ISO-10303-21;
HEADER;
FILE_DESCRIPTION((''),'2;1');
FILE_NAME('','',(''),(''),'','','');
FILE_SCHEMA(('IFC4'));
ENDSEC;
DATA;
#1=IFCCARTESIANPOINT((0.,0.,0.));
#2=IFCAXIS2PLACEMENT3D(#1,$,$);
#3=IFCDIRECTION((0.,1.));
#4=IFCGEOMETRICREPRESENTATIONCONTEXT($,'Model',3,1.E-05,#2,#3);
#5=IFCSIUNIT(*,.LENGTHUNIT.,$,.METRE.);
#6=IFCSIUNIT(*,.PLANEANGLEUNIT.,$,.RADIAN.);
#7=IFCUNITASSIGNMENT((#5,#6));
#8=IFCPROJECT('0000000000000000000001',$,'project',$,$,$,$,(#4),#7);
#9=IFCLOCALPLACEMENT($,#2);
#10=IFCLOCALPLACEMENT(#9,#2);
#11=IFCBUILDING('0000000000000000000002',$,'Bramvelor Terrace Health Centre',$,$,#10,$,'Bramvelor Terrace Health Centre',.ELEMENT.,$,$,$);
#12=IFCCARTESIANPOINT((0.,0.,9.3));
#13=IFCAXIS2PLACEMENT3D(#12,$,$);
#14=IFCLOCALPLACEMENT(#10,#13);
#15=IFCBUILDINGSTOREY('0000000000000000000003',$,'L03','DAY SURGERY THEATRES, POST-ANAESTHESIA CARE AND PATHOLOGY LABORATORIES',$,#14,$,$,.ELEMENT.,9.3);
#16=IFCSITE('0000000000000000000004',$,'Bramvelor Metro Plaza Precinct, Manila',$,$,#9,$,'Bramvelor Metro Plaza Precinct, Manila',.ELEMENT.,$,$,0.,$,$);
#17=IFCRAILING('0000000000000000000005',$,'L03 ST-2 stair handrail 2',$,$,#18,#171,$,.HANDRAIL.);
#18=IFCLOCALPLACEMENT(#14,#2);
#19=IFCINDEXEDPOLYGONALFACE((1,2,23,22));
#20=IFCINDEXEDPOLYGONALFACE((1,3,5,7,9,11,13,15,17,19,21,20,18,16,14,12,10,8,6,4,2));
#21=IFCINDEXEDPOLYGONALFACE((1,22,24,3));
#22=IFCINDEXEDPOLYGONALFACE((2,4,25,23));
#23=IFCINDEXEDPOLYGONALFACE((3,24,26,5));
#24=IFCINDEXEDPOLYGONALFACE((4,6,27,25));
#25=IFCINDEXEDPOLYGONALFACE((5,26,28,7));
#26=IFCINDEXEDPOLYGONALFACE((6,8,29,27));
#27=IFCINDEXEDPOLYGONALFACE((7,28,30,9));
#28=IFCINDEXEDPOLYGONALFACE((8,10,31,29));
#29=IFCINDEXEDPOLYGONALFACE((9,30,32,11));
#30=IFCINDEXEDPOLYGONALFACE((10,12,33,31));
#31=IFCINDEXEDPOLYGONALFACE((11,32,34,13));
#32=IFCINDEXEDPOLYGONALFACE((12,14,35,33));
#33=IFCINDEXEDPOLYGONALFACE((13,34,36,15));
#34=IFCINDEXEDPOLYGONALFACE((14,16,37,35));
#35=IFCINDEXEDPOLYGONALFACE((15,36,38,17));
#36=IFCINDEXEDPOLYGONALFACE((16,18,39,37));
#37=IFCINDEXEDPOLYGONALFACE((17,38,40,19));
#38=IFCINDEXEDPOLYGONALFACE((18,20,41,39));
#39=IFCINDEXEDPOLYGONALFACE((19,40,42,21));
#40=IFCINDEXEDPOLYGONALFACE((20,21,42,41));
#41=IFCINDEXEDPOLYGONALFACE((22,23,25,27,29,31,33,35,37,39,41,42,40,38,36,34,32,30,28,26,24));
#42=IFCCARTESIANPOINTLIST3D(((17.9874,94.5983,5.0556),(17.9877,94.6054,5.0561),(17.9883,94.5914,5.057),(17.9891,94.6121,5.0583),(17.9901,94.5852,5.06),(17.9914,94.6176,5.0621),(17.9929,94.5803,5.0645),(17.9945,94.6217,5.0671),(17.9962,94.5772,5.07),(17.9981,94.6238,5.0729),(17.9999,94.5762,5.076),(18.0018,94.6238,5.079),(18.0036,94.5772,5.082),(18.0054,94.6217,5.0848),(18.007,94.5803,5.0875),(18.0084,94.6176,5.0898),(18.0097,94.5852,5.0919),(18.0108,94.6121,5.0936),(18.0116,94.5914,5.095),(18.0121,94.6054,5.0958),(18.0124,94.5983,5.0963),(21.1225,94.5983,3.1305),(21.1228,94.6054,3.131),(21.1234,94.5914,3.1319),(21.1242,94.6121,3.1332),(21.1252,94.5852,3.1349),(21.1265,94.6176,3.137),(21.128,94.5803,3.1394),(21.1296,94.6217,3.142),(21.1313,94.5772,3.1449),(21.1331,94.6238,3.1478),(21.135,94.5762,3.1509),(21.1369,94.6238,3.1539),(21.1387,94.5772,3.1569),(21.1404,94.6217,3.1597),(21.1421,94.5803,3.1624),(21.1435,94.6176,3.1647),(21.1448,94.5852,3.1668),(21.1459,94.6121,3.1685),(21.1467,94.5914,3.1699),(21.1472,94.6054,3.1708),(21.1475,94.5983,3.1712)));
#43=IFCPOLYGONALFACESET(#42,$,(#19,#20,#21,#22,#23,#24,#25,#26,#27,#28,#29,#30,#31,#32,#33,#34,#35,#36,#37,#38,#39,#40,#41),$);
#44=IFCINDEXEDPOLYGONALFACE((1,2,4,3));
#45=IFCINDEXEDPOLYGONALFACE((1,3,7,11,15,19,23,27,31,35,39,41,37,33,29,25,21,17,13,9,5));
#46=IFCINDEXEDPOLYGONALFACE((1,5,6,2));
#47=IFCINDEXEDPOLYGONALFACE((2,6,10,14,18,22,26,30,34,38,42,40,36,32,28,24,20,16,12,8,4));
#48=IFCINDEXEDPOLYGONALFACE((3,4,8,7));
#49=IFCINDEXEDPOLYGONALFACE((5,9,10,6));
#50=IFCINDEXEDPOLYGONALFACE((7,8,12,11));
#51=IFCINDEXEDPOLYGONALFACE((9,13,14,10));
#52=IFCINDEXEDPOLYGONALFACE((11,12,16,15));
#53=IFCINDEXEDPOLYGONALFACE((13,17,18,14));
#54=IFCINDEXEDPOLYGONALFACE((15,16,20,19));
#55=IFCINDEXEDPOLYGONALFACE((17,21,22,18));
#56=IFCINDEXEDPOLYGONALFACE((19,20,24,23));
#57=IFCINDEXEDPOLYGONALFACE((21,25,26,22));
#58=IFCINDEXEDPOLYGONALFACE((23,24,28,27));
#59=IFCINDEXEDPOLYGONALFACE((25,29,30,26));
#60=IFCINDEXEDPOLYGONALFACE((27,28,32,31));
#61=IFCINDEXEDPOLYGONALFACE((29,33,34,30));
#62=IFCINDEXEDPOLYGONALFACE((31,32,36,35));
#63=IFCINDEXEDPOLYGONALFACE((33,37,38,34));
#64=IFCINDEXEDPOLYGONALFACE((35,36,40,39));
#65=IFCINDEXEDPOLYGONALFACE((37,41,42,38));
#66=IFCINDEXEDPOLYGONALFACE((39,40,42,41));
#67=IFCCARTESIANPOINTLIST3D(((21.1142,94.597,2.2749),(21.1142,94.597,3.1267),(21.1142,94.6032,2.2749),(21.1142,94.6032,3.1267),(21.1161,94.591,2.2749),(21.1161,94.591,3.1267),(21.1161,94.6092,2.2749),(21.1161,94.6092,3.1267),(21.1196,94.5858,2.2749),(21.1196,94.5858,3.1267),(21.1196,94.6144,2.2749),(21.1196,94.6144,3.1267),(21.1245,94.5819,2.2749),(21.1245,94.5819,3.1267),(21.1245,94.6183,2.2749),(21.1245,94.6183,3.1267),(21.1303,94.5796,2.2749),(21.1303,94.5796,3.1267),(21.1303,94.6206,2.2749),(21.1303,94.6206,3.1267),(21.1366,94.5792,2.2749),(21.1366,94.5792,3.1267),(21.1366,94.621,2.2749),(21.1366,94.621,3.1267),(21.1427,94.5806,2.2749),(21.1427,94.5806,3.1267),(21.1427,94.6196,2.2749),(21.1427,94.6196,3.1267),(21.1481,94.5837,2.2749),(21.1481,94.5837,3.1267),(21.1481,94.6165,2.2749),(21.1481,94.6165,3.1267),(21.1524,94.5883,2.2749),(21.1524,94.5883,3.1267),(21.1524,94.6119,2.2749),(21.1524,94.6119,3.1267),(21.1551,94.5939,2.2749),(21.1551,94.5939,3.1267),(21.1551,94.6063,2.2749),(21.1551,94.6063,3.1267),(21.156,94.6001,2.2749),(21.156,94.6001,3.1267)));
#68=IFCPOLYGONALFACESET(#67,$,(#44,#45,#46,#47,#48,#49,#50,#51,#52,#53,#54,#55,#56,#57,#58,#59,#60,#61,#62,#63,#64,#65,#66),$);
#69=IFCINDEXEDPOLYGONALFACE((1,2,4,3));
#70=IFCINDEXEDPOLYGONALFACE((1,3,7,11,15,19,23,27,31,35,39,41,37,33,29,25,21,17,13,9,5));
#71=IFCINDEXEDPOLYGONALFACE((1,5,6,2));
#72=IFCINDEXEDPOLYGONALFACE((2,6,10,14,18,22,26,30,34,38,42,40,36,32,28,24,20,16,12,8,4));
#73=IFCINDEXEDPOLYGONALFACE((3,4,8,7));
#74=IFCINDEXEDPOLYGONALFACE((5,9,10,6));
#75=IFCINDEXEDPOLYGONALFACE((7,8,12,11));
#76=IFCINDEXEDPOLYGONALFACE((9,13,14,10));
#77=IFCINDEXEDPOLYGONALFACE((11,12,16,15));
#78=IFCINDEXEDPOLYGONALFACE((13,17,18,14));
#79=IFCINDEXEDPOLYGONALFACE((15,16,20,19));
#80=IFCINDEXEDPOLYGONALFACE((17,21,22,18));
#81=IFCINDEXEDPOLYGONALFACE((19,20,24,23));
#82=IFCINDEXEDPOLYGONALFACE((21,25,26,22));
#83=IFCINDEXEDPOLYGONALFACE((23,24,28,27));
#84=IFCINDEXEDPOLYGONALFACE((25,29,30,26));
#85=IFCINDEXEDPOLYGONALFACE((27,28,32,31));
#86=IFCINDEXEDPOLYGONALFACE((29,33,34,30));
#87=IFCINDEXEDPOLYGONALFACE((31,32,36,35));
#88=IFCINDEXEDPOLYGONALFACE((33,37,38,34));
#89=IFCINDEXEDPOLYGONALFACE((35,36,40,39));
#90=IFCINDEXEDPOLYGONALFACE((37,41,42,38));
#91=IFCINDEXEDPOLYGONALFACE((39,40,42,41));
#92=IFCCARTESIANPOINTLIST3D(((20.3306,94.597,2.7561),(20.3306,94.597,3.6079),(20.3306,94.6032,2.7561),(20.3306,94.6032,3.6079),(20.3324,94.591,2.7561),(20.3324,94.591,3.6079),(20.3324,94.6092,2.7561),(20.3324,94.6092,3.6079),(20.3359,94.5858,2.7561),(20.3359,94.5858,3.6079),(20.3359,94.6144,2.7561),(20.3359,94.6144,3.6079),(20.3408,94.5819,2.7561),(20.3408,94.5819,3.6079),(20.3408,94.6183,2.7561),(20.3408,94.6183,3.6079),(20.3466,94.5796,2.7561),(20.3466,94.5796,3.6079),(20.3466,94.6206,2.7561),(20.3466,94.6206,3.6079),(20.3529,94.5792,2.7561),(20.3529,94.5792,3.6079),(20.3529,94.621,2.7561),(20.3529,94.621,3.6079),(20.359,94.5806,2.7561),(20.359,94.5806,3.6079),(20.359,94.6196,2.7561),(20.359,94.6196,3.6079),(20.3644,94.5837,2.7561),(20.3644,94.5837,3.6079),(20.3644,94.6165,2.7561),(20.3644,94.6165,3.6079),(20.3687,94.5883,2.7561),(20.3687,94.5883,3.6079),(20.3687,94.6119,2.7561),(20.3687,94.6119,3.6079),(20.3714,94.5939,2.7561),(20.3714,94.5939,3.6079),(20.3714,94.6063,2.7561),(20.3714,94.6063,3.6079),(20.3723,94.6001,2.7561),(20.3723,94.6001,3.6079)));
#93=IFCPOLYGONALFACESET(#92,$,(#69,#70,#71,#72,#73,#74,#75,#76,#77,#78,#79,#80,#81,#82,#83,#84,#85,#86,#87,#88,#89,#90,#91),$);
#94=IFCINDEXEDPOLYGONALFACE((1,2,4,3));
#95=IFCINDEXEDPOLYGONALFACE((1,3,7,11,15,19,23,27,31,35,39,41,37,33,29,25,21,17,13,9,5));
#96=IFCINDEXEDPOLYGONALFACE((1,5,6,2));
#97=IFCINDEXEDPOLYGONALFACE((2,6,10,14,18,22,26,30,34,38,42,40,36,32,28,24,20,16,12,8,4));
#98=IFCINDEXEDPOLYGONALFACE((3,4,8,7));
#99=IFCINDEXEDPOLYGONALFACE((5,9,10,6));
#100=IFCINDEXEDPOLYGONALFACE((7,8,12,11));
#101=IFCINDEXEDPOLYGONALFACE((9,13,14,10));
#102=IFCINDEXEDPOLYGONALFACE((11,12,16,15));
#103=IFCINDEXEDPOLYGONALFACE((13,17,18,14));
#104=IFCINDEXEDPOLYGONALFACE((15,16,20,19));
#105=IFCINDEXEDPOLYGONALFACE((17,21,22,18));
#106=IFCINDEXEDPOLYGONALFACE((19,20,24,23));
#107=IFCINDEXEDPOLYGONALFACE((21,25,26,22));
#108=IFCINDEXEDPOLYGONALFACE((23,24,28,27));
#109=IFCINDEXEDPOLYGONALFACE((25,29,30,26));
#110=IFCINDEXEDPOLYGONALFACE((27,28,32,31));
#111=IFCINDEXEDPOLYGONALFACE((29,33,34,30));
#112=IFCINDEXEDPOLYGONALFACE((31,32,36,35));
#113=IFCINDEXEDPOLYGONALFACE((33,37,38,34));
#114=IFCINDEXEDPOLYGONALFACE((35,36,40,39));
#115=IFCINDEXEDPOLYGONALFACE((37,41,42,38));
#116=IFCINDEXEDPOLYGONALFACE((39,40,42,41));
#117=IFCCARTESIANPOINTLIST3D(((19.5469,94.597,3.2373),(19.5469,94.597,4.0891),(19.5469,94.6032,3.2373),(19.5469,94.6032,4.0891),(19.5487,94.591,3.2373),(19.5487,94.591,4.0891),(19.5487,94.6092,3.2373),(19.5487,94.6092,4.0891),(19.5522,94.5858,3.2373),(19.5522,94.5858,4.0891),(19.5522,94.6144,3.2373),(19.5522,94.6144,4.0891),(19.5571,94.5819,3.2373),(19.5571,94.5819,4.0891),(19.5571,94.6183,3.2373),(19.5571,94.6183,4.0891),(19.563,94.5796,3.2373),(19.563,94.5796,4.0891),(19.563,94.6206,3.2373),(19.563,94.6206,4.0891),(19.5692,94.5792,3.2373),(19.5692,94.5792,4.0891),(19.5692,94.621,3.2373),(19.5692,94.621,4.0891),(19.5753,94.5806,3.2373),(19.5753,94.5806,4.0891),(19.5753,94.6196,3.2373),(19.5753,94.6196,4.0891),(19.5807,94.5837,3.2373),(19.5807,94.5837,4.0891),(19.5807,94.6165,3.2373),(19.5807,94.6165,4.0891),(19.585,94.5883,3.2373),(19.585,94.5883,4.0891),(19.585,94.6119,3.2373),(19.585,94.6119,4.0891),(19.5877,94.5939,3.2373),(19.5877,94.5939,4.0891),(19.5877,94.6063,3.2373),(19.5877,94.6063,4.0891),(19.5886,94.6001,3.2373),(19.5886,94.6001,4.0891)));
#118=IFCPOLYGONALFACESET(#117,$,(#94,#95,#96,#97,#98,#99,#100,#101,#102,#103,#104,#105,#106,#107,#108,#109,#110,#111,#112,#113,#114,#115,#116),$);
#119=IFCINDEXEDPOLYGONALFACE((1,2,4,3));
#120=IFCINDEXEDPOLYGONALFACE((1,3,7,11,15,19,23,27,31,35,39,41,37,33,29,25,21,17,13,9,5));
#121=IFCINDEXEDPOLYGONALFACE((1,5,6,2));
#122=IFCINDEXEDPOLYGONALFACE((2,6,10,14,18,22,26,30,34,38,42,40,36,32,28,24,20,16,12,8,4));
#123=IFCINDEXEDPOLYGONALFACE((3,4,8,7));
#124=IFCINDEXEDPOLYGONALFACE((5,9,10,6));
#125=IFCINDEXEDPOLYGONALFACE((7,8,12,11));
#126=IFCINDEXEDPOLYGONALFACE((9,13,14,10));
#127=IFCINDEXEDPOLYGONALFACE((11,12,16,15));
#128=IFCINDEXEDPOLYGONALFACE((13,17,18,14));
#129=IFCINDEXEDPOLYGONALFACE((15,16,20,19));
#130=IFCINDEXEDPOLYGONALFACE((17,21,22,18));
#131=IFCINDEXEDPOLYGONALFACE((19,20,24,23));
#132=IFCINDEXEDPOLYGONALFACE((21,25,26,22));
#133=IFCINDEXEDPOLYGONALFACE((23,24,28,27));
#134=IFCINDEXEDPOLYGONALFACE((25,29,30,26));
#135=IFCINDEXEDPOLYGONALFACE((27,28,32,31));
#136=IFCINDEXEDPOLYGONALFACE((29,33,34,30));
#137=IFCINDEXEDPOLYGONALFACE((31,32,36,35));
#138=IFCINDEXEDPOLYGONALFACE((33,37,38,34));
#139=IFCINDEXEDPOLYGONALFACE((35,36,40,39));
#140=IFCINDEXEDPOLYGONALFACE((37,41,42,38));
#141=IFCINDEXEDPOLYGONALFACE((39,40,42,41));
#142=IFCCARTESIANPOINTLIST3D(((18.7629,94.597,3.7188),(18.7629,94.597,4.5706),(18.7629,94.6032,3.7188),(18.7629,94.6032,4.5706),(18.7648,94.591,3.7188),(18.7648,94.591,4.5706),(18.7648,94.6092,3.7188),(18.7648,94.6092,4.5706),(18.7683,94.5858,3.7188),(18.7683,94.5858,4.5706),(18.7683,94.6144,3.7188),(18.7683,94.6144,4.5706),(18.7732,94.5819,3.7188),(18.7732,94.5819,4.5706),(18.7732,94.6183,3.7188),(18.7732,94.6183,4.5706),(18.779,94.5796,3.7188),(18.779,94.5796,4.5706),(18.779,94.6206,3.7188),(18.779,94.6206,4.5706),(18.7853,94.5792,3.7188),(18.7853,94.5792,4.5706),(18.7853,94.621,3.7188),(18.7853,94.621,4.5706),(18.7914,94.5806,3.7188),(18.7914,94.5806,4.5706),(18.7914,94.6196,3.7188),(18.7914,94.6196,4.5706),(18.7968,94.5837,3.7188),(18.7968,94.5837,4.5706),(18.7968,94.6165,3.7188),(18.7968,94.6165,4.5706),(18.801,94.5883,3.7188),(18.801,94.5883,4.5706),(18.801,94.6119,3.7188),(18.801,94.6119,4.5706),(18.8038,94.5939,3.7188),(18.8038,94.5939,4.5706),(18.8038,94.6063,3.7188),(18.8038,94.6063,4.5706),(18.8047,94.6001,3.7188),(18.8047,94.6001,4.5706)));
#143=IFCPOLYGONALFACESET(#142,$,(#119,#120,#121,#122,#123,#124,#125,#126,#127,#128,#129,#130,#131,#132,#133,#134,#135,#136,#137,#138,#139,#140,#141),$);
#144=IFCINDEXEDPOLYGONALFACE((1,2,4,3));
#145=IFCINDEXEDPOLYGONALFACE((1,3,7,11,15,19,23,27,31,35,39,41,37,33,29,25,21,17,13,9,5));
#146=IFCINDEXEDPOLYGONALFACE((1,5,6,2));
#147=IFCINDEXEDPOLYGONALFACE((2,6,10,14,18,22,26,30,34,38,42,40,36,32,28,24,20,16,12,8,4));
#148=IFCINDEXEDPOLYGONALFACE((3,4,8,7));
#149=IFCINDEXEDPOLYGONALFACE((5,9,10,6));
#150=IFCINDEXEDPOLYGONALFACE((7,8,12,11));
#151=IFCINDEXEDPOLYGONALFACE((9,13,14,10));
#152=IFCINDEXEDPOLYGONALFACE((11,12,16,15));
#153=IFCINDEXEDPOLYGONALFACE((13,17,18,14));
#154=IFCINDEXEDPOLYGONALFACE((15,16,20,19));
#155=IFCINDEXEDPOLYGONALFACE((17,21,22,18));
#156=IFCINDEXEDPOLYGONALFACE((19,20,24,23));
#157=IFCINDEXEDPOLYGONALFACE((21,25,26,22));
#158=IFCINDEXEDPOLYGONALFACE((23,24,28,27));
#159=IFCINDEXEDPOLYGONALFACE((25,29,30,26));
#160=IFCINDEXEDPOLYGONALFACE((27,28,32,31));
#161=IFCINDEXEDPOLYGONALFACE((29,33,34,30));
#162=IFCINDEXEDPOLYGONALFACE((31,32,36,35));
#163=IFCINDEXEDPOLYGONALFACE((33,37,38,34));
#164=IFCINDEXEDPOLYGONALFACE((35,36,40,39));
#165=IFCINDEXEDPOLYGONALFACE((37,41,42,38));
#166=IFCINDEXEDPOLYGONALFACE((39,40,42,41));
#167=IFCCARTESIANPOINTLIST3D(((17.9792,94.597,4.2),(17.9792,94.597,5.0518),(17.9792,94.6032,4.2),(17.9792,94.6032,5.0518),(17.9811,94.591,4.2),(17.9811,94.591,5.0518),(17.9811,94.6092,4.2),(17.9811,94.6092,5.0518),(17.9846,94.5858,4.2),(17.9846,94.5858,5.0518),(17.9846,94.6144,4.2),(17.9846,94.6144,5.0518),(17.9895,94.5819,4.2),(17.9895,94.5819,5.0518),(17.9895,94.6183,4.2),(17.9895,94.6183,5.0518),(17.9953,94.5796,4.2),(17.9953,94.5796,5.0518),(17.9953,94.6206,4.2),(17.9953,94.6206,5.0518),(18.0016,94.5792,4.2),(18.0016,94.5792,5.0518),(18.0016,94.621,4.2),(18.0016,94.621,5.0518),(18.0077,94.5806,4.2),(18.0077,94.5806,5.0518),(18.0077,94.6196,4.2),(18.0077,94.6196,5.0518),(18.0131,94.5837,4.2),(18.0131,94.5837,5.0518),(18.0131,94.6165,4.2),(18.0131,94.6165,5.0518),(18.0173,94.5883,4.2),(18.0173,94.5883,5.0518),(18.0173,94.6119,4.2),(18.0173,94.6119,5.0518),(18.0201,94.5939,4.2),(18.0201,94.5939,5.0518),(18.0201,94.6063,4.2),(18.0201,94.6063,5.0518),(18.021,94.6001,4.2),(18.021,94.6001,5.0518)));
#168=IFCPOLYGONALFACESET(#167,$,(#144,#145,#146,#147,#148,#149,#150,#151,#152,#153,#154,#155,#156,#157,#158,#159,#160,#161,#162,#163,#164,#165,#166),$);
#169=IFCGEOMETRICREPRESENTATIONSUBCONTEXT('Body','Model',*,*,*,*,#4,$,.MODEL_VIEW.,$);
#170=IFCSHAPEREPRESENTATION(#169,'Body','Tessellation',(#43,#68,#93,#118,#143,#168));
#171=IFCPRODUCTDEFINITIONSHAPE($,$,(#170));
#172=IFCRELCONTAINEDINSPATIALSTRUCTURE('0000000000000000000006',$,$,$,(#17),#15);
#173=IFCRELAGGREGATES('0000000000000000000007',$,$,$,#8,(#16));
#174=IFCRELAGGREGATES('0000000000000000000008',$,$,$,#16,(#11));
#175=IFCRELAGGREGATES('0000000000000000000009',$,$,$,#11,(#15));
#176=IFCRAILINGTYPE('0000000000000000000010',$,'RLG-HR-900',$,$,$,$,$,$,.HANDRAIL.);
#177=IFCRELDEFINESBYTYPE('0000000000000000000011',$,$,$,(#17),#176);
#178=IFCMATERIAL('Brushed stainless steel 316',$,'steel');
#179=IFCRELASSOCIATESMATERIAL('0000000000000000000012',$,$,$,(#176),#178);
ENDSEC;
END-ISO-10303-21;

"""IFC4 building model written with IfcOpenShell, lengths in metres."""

from ifc_helpers import new_model, si_unit, direction, frame, origin, origin_2d, place, context, subcontext, project, spatial, circle, extrude, material, type_object, element, save


model = new_model("IFC4")

# Units and contexts
model_context = context("Model", 3, precision=1e-05, world=origin(), true_north=direction((0.0, 1.0)))
body_context = subcontext(model_context, "Body", "Model", "MODEL_VIEW")
ifc_project = project(units=[si_unit("LENGTHUNIT", "METRE"), si_unit("PLANEANGLEUNIT", "RADIAN")], contexts=[model_context])

# Site, building, storey
site_placement = place(None, origin())
site = spatial("IfcSite", under=ifc_project, at=site_placement, Name="Bramvelor Metro Plaza Precinct, Manila", LongName="Bramvelor Metro Plaza Precinct, Manila", CompositionType="ELEMENT", RefElevation=0.0)
building_placement = place(site_placement, origin())
building = spatial("IfcBuilding", under=site, at=building_placement, Name="Bramvelor Terrace Health Centre", LongName="Bramvelor Terrace Health Centre", CompositionType="ELEMENT")
storey_placement = place(building_placement, frame((0.0, 0.0, 9.3)))
storey = spatial("IfcBuildingStorey", under=building, at=storey_placement, Name="L03", Description="DAY SURGERY THEATRES, POST-ANAESTHESIA CARE AND PATHOLOGY LABORATORIES", CompositionType="ELEMENT", Elevation=9.3)

# Railing
ifc_material_1 = material(Name="Brushed stainless steel 316", Category="steel")
railing_type = type_object("IfcRailingType", Name="RLG-HR-900", PredefinedType="HANDRAIL", material=ifc_material_1)
railing_placement = place(storey_placement, frame((21.135, 94.6001, 2.2749)))
element("IfcRailing", 1, at=railing_placement, inside=storey, type_object=railing_type, Name="L03 ST-2 stair handrail 2", PredefinedType="HANDRAIL", context=body_context, shape_type="SweptSolid", body=[
    extrude(circle(Radius=0.0239, at=origin_2d()), frame((0.0, 0.0, 0.876), z_axis=(-0.852166, 0.0, 0.523271), x_axis=(0.0, -1.0, 0.0)), (0.0, 0.0, 1.0), 3.679),
    extrude(circle(Radius=0.021, at=origin_2d()), origin(), (0.0, 0.0, 1.0), 0.8518),
    extrude(circle(Radius=0.021, at=origin_2d()), frame((-0.7837, 0.0, 0.4812)), (0.0, 0.0, 1.0), 0.8518),
    extrude(circle(Radius=0.021, at=origin_2d()), frame((-1.5674, 0.0, 0.9624)), (0.0, 0.0, 1.0), 0.8518),
    extrude(circle(Radius=0.021, at=origin_2d()), frame((-2.3513, 0.0, 1.4438)), (0.0, 0.0, 1.0), 0.8518),
    extrude(circle(Radius=0.021, at=origin_2d()), frame((-3.135, 0.0, 1.925)), (0.0, 0.0, 1.0), 0.8518),
])

save(model, "model.ifc")
